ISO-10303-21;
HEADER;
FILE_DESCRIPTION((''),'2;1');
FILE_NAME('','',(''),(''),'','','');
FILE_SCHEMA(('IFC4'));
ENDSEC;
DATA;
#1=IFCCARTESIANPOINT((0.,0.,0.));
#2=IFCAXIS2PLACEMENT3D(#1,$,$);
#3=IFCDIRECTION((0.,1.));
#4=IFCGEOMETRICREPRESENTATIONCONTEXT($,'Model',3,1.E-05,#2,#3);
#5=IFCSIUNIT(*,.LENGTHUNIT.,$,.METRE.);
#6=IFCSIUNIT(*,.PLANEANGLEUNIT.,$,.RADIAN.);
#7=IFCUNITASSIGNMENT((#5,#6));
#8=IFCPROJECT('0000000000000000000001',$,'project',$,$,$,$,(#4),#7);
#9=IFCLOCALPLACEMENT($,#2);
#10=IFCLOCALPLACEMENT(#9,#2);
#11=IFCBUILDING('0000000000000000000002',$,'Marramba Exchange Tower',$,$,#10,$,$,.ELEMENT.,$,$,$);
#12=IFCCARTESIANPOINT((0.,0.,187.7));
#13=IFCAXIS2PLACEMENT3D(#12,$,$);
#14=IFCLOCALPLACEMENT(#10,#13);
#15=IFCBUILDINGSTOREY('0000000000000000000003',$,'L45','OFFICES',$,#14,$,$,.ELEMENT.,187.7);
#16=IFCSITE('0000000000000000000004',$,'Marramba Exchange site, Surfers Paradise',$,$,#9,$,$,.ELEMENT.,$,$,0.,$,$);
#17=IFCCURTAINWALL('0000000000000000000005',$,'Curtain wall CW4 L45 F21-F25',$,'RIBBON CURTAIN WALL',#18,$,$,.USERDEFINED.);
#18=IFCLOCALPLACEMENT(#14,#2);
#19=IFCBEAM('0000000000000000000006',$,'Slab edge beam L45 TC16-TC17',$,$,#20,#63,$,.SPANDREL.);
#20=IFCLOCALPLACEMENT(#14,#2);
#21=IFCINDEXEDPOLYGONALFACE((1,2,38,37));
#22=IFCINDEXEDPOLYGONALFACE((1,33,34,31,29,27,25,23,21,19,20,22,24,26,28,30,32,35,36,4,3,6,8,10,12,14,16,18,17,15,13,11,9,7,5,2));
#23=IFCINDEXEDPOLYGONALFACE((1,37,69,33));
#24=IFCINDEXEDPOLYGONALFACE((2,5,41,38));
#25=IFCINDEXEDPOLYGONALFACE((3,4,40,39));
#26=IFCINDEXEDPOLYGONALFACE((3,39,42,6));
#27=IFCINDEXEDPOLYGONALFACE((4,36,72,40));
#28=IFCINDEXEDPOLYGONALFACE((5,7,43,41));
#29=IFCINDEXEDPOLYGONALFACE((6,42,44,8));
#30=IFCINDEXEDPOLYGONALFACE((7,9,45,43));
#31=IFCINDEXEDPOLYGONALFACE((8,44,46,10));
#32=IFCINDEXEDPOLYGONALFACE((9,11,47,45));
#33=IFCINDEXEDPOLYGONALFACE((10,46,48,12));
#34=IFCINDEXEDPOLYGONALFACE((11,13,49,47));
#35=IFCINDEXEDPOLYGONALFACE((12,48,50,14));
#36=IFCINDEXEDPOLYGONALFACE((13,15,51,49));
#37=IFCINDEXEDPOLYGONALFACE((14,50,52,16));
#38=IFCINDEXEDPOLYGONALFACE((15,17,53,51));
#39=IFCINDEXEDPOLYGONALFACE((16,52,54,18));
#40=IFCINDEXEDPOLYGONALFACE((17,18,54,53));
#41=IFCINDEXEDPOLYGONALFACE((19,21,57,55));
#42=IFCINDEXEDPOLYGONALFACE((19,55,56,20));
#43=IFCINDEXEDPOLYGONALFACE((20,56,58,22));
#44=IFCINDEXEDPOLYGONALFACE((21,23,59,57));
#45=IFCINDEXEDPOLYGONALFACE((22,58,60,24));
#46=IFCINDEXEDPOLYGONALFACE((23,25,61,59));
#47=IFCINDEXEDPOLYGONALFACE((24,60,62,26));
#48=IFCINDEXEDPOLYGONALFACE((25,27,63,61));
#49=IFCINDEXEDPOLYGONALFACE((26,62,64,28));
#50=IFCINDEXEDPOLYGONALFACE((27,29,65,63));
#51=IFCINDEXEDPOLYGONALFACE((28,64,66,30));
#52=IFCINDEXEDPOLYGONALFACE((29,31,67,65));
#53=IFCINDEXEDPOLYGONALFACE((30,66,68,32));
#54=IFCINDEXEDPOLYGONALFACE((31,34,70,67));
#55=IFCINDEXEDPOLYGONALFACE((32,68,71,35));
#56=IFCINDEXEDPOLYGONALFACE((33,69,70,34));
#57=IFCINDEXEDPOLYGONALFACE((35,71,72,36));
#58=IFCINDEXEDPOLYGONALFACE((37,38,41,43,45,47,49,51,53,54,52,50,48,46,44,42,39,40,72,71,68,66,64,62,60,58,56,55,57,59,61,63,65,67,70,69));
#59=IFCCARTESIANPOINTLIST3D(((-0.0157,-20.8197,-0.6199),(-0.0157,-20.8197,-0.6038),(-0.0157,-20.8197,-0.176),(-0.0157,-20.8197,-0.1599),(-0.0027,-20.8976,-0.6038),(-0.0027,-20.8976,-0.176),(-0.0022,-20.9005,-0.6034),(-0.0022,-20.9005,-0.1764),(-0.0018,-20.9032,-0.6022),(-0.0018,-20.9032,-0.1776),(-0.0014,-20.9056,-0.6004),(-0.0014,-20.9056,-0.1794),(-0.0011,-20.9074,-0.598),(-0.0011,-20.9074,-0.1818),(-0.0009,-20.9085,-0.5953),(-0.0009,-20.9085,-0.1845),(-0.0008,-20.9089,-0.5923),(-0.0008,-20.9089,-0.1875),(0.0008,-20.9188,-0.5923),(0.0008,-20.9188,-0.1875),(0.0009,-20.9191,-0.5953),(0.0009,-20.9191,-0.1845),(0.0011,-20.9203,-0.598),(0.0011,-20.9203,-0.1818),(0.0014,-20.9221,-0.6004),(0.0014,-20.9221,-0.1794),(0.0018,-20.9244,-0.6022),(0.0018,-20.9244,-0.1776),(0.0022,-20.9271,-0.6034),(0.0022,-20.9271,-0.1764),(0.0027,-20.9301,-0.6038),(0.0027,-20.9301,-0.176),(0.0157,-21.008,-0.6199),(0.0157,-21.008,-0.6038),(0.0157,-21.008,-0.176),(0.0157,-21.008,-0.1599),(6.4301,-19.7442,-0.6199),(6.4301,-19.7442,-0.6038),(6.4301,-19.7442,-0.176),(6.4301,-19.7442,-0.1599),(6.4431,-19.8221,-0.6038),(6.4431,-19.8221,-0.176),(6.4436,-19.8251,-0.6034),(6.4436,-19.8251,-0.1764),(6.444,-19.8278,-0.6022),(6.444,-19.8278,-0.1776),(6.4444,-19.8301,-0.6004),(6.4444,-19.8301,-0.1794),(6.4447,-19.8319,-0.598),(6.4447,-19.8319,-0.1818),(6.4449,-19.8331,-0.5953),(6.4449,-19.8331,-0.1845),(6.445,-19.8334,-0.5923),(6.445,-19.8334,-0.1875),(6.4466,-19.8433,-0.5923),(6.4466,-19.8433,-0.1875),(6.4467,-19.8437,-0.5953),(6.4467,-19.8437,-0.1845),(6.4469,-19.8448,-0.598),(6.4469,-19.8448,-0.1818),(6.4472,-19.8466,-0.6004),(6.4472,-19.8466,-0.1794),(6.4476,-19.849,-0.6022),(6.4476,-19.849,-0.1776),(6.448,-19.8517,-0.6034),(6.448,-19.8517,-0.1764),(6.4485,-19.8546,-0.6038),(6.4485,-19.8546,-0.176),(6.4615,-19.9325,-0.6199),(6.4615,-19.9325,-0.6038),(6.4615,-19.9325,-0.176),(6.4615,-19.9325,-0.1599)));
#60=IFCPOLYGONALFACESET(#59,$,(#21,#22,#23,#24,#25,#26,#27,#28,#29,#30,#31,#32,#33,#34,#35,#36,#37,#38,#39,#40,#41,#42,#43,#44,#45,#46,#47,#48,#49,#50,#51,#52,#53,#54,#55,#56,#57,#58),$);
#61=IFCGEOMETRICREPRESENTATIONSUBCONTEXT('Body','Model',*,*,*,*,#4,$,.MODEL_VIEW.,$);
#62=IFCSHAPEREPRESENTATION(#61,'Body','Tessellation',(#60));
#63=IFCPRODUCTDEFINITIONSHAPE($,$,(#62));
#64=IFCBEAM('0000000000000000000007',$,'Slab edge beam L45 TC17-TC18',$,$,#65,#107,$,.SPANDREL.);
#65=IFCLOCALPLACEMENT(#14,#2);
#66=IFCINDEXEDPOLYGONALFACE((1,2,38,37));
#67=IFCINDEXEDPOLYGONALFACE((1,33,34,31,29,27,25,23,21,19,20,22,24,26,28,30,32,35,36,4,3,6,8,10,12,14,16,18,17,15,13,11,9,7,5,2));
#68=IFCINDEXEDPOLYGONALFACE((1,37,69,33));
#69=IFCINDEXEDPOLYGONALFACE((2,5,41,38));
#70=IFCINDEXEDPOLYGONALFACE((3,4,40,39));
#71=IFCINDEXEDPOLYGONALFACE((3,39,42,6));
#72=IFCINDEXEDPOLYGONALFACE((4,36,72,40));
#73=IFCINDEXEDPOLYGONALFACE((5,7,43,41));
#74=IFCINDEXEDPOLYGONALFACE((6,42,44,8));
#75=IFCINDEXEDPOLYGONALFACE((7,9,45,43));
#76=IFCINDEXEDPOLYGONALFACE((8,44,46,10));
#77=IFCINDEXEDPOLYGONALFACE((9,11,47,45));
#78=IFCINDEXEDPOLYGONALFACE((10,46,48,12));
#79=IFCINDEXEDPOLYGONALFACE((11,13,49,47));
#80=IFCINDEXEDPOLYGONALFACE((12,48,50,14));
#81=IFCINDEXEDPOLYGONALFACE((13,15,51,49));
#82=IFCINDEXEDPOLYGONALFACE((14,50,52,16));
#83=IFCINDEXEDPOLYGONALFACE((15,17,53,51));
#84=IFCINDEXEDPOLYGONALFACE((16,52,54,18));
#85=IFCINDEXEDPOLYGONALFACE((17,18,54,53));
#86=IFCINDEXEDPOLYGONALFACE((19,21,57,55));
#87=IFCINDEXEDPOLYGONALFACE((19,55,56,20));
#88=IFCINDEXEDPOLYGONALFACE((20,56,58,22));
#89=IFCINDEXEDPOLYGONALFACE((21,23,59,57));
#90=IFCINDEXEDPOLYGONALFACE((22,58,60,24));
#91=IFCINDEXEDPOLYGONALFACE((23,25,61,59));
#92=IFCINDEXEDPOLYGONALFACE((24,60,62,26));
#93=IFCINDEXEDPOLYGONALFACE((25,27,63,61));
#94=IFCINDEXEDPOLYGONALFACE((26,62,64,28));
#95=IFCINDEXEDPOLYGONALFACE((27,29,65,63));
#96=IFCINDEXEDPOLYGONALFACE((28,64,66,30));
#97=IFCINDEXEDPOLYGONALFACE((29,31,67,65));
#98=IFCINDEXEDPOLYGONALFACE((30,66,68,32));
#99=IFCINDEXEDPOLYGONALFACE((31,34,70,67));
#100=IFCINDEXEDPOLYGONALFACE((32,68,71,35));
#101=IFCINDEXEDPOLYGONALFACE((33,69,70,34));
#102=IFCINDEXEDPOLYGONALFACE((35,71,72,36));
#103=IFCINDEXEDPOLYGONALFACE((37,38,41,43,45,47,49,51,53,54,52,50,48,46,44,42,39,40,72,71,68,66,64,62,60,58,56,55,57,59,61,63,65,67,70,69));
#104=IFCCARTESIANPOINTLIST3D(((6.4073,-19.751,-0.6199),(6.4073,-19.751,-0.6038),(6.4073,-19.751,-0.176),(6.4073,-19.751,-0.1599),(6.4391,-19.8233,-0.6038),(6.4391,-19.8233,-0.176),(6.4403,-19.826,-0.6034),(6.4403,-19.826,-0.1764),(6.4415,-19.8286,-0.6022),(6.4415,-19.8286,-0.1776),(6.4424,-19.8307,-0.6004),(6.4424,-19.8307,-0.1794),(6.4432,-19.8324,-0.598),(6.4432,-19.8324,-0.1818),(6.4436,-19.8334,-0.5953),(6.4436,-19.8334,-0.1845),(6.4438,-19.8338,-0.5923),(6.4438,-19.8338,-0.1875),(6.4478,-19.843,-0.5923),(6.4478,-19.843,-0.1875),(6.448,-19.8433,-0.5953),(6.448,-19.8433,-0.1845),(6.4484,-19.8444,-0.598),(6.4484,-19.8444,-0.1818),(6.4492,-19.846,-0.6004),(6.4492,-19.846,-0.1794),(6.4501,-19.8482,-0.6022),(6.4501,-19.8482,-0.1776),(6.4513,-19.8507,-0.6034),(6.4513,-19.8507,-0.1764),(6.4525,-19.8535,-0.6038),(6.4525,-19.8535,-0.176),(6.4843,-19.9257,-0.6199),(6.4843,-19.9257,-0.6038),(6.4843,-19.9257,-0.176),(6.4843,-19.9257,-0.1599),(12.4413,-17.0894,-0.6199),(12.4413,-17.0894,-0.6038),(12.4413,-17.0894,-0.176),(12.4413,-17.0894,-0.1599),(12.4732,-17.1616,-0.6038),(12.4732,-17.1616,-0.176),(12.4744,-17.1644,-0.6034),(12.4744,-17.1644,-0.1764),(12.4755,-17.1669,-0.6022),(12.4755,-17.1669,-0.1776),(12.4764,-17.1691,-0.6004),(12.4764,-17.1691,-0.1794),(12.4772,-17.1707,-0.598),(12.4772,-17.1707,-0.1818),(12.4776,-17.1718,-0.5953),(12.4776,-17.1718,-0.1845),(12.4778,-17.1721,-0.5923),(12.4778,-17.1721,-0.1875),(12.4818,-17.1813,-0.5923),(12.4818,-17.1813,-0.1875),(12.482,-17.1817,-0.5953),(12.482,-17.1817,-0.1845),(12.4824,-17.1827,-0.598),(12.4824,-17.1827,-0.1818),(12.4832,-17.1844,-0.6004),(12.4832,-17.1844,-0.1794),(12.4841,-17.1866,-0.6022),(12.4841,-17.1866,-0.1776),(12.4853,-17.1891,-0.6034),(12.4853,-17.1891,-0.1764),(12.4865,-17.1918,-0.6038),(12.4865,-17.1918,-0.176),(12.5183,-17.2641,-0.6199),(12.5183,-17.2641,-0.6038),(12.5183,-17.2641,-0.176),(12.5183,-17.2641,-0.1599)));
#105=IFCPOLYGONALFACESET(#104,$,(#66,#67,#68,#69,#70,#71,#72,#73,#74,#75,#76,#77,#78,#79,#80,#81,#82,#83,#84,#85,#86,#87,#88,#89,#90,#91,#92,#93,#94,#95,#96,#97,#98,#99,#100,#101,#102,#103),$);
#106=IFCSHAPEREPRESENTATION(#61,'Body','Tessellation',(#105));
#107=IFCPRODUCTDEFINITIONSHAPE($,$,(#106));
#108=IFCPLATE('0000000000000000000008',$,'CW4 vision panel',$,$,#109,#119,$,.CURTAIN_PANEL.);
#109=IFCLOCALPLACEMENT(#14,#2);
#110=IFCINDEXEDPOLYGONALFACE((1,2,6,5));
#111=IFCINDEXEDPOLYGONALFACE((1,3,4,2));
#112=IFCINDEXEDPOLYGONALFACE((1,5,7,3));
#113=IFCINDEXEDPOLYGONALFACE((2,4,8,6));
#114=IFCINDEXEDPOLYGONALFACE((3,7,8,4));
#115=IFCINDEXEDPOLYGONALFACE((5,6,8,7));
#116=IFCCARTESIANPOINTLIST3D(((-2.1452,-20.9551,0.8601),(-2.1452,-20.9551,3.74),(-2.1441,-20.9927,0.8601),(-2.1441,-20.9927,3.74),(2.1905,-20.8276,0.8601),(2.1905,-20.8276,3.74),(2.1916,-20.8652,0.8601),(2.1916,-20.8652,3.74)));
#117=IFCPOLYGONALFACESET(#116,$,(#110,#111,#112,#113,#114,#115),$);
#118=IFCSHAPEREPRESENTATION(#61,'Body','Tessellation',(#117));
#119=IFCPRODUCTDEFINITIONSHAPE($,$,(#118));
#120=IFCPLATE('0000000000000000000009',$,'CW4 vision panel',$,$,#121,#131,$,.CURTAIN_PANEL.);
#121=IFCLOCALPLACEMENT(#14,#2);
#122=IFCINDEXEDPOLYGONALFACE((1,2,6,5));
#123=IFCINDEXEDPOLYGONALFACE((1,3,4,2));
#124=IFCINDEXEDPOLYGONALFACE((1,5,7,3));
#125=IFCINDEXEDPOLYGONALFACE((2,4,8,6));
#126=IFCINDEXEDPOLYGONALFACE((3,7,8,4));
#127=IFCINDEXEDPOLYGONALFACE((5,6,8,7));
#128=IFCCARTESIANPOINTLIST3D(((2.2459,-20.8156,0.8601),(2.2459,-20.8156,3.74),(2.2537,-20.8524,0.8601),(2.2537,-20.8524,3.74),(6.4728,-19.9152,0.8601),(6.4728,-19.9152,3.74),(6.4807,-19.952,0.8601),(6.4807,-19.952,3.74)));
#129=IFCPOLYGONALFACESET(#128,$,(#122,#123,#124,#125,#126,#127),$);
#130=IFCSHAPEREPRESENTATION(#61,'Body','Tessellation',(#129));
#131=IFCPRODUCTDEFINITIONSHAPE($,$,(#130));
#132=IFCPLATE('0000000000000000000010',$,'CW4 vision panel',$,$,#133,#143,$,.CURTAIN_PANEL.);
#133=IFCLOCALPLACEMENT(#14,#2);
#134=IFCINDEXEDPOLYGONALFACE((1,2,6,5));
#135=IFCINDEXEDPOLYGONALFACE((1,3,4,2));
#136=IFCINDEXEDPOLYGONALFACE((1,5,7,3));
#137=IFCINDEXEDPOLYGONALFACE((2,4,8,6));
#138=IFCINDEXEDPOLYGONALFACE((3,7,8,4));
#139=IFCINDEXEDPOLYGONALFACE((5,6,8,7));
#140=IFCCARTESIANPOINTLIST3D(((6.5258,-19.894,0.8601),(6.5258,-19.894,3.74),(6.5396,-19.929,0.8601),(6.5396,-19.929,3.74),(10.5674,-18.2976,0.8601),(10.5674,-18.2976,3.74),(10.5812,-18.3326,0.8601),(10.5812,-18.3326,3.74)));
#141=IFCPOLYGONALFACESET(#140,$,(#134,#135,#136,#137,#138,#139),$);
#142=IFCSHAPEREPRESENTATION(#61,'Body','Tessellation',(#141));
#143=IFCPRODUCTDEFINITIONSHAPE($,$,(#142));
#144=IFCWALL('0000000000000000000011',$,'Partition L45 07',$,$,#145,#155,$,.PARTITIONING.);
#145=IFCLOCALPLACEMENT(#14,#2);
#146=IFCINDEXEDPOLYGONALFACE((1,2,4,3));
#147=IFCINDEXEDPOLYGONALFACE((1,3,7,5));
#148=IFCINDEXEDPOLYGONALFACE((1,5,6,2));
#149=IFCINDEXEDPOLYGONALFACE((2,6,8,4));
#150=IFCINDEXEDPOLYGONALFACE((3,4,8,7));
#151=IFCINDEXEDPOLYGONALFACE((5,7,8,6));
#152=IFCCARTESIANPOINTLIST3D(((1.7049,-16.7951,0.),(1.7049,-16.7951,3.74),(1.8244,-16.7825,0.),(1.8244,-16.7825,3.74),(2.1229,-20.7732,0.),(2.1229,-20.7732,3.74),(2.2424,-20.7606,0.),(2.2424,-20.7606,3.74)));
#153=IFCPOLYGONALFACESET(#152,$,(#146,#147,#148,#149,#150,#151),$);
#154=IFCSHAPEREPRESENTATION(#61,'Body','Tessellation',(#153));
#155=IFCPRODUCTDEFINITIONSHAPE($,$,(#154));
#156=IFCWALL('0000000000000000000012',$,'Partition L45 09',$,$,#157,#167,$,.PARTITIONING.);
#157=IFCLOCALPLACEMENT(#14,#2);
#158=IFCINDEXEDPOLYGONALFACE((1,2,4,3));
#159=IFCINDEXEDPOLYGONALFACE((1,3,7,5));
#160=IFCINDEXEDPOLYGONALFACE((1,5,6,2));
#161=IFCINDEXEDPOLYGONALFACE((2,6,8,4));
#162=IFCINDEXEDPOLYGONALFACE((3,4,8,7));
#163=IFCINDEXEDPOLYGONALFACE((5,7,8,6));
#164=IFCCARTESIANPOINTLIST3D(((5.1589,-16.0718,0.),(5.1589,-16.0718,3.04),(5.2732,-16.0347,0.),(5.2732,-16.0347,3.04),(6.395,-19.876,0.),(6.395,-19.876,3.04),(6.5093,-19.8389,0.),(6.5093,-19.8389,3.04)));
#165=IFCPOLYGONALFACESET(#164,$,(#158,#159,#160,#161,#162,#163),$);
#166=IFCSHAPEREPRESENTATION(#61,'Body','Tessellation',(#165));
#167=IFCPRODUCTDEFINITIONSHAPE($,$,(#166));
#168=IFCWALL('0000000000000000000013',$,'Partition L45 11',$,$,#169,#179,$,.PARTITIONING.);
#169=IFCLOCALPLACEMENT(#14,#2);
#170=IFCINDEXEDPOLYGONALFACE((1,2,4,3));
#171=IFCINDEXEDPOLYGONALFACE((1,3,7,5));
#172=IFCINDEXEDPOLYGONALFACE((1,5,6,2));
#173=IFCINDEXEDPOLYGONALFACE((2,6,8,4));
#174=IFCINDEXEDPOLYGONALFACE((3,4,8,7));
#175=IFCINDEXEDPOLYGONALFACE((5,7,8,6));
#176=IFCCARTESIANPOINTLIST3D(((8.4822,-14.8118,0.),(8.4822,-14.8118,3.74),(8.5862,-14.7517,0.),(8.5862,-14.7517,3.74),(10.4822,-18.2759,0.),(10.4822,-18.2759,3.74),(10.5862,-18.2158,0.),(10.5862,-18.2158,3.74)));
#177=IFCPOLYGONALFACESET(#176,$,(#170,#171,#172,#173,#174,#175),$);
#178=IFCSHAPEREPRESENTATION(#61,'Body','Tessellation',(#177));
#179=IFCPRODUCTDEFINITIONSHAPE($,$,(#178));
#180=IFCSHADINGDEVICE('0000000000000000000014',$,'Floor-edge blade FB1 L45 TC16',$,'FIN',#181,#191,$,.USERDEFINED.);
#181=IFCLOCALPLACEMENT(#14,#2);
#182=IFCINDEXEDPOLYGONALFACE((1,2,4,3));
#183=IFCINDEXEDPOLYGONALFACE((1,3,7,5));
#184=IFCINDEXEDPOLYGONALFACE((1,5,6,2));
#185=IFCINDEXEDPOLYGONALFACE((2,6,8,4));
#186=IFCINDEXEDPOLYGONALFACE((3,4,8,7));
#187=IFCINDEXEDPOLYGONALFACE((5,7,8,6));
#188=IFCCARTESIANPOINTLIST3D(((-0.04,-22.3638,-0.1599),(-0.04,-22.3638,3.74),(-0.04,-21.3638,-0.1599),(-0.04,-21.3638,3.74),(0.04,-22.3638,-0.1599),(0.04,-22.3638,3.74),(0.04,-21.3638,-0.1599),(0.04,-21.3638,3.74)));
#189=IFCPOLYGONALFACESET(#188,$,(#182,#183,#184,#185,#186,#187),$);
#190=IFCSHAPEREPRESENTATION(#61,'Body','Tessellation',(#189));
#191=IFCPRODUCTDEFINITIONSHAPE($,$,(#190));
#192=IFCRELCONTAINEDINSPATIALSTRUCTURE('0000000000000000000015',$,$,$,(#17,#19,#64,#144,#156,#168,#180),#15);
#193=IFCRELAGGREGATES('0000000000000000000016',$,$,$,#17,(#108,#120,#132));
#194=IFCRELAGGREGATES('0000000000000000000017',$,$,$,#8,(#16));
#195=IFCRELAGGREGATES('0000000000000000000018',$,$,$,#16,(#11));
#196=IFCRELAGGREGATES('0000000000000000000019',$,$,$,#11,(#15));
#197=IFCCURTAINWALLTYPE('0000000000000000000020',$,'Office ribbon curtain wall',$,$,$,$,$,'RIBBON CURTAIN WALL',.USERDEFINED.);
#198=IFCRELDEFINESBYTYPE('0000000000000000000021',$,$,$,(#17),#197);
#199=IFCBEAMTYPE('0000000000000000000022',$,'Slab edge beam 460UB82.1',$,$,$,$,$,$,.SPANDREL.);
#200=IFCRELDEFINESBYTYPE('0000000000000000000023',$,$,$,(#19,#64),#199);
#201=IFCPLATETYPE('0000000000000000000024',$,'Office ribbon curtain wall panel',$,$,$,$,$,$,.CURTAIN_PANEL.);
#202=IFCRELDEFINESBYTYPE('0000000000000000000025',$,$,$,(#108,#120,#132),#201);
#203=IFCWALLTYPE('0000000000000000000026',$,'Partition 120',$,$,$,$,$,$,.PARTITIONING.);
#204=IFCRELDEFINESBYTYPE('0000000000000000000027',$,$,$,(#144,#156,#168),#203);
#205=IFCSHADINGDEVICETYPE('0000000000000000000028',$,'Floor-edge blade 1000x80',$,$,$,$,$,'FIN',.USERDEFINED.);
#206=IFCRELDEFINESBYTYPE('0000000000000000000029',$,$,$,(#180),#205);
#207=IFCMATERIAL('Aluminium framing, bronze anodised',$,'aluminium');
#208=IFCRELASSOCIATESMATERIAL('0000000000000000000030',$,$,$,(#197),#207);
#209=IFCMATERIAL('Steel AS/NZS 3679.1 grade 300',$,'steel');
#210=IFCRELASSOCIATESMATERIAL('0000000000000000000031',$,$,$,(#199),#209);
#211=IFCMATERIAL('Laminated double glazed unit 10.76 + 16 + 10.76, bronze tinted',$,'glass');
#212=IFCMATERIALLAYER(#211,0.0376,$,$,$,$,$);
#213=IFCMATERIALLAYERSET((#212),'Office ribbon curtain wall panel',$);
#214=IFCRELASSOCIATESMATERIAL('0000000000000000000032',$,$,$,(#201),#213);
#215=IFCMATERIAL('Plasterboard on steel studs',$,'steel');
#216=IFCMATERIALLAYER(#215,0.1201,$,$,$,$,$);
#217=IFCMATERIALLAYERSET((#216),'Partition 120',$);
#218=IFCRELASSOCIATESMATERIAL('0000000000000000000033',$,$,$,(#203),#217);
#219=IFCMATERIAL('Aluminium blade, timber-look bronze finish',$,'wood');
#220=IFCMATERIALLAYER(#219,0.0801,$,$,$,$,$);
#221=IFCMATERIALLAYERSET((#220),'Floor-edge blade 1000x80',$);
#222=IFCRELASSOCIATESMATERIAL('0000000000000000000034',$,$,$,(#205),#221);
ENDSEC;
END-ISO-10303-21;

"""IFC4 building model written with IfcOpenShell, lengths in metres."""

from ifc_helpers import new_model, si_unit, direction, frame, frame_2d, origin, origin_2d, place, context, subcontext, project, spatial, rectangle, i_section, extrude, material, layer, layer_set, material_profile, profile_set, type_object, element, aggregate, save


model = new_model("IFC4")

# Units and contexts
model_context = context("Model", 3, precision=1e-05, world=origin(), true_north=direction((0.0, 1.0)))
body_context = subcontext(model_context, "Body", "Model", "MODEL_VIEW")
ifc_project = project(units=[si_unit("LENGTHUNIT", "METRE"), si_unit("PLANEANGLEUNIT", "RADIAN")], contexts=[model_context])

# Site, building, storey
site_placement = place(None, origin())
site = spatial("IfcSite", under=ifc_project, at=site_placement, Name="Marramba Exchange site, Surfers Paradise", CompositionType="ELEMENT", RefElevation=0.0)
building_placement = place(site_placement, origin())
building = spatial("IfcBuilding", under=site, at=building_placement, Name="Marramba Exchange Tower", CompositionType="ELEMENT")
storey_placement = place(building_placement, frame((0.0, 0.0, 187.7)))
storey = spatial("IfcBuildingStorey", under=building, at=storey_placement, Name="L45", Description="OFFICES", CompositionType="ELEMENT", Elevation=187.7)

# Shared definitions
ifc_material_1 = material(Name="Steel AS/NZS 3679.1 grade 300", Category="steel")

# Curtain wall
ifc_material_2 = material(Name="Aluminium framing, bronze anodised", Category="aluminium")
curtain_wall_type = type_object("IfcCurtainWallType", Name="Office ribbon curtain wall", ElementType="RIBBON CURTAIN WALL", PredefinedType="USERDEFINED", material=ifc_material_2)
curtain_wall_1_placement = place(storey_placement, origin())
curtain_wall_1 = element("IfcCurtainWall", 1, at=curtain_wall_1_placement, inside=storey, type_object=curtain_wall_type, Name="Curtain wall CW4 L45 F21-F25", ObjectType="RIBBON CURTAIN WALL", PredefinedType="USERDEFINED")

# Beams
ifc_material_profile_1 = material_profile(ifc_material_1, i_section(OverallWidth=0.1909, OverallDepth=0.46, WebThickness=0.01, FlangeThickness=0.0161, FilletRadius=0.0115, at=origin_2d()), Name="460UB82.1")
ifc_profile_set_1 = profile_set([ifc_material_profile_1], Name="Steel AS/NZS 3679.1 grade 300")
beam_type_1 = type_object("IfcBeamType", Name="Slab edge beam 460UB82.1", PredefinedType="SPANDREL", material=ifc_profile_set_1)
beam_1_placement = place(storey_placement, frame((0.0, -20.9138, -0.3899), z_axis=(0.986366, 0.164569, 0.0), x_axis=(-0.164569, 0.986366, 0.0)))
element("IfcBeam", 2, at=beam_1_placement, inside=storey, type_object=beam_type_1, Name="Slab edge beam L45 TC16-TC17", PredefinedType="SPANDREL", context=body_context, shape_type="SweptSolid", body=[
    extrude(i_section(OverallWidth=0.1909, OverallDepth=0.46, WebThickness=0.01, FlangeThickness=0.0161, FilletRadius=0.0115, at=origin_2d()), origin(), (0.0, 0.0, 1.0), 6.5349),
])
beam_2_placement = place(storey_placement, frame((6.4458, -19.8384, -0.3899), z_axis=(0.914941, 0.403588, 0.0), x_axis=(-0.403588, 0.914941, 0.0)))
element("IfcBeam", 3, at=beam_2_placement, inside=storey, type_object=beam_type_1, Name="Slab edge beam L45 TC17-TC18", PredefinedType="SPANDREL", context=body_context, shape_type="SweptSolid", body=[
    extrude(i_section(OverallWidth=0.1909, OverallDepth=0.46, WebThickness=0.01, FlangeThickness=0.0161, FilletRadius=0.0115, at=origin_2d()), origin(), (0.0, 0.0, 1.0), 6.595),
])

# Plates
ifc_material_3 = material(Name="Laminated double glazed unit 10.76 + 16 + 10.76, bronze tinted", Category="glass")
ifc_layer_1 = layer(ifc_material_3, 0.0376)
ifc_layer_set_1 = layer_set([ifc_layer_1], Name="Office ribbon curtain wall panel")
plate_type = type_object("IfcPlateType", Name="Office ribbon curtain wall panel", PredefinedType="CURTAIN_PANEL", material=ifc_layer_set_1)
plate_1_placement = place(storey_placement, frame((0.0232, -20.9102, 0.8601), z_axis=(0.0, 0.0, 1.0), x_axis=(0.999568, 0.029393, 0.0)))
plate_1 = element("IfcPlate", 4, at=plate_1_placement, type_object=plate_type, Name="CW4 vision panel", PredefinedType="CURTAIN_PANEL", context=body_context, shape_type="SweptSolid", body=[
    extrude(rectangle(XDim=4.3376, YDim=0.0376, at=origin_2d()), origin(), (0.0, 0.0, 1.0), 2.8799),
])
plate_2_placement = place(storey_placement, frame((4.3633, -20.3838, 0.8601), z_axis=(0.0, 0.0, 1.0), x_axis=(0.978058, 0.208332, 0.0)))
plate_2 = element("IfcPlate", 5, at=plate_2_placement, type_object=plate_type, Name="CW4 vision panel", PredefinedType="CURTAIN_PANEL", context=body_context, shape_type="SweptSolid", body=[
    extrude(rectangle(XDim=4.3218, YDim=0.0376, at=origin_2d()), origin(), (0.0, 0.0, 1.0), 2.8799),
])
plate_3_placement = place(storey_placement, frame((8.5535, -19.1133, 0.8601), z_axis=(0.0, 0.0, 1.0), x_axis=(0.930073, 0.367375, 0.0)))
plate_3 = element("IfcPlate", 6, at=plate_3_placement, type_object=plate_type, Name="CW4 vision panel", PredefinedType="CURTAIN_PANEL", context=body_context, shape_type="SweptSolid", body=[
    extrude(rectangle(XDim=4.3455, YDim=0.0376, at=origin_2d()), origin(), (0.0, 0.0, 1.0), 2.8799),
])
aggregate(curtain_wall_1, [plate_1, plate_2, plate_3])

# Wall
ifc_material_4 = material(Name="Plasterboard on steel studs", Category="steel")
ifc_layer_2 = layer(ifc_material_4, 0.1201)
ifc_layer_set_2 = layer_set([ifc_layer_2], Name="Partition 120")
wall_type = type_object("IfcWallType", Name="Partition 120", PredefinedType="PARTITIONING", material=ifc_layer_set_2)
wall_1_placement = place(storey_placement, frame((1.7646, -16.7888, 0.0), z_axis=(0.0, 0.0, 1.0), x_axis=(0.104494, -0.994526, 0.0)))
element("IfcWall", 7, at=wall_1_placement, inside=storey, type_object=wall_type, Name="Partition L45 07", PredefinedType="PARTITIONING", context=body_context, shape_type="SweptSolid", body=[
    extrude(rectangle(XDim=4.0, YDim=0.1201, at=frame_2d((2.0, 0.0))), origin(), (0.0, 0.0, 1.0), 3.74),
])

# Walls
wall_2_placement = place(storey_placement, frame((5.2161, -16.0532, 0.0), z_axis=(0.0, 0.0, 1.0), x_axis=(0.309023, -0.951055, 0.0)))
element("IfcWall", 8, at=wall_2_placement, inside=storey, type_object=wall_type, Name="Partition L45 09", PredefinedType="PARTITIONING", context=body_context, shape_type="SweptSolid", body=[
    extrude(rectangle(XDim=4.0, YDim=0.1201, at=frame_2d((2.0, 0.0))), origin(), (0.0, 0.0, 1.0), 3.04),
])
wall_3_placement = place(storey_placement, frame((10.5342, -18.2458, 0.0), z_axis=(0.0, 0.0, 1.0), x_axis=(-0.499999, 0.866026, 0.0)))
element("IfcWall", 9, at=wall_3_placement, inside=storey, type_object=wall_type, Name="Partition L45 11", PredefinedType="PARTITIONING", context=body_context, shape_type="SweptSolid", body=[
    extrude(rectangle(XDim=4.0, YDim=0.1201, at=frame_2d((2.0, 0.0))), origin(), (0.0, 0.0, 1.0), 3.74),
])

# Shading device
ifc_material_5 = material(Name="Aluminium blade, timber-look bronze finish", Category="wood")
ifc_layer_3 = layer(ifc_material_5, 0.0801)
ifc_layer_set_3 = layer_set([ifc_layer_3], Name="Floor-edge blade 1000x80")
shading_device_type_1 = type_object("IfcShadingDeviceType", Name="Floor-edge blade 1000x80", ElementType="FIN", PredefinedType="USERDEFINED", material=ifc_layer_set_3)
for number, where, z_axis, x_axis, name in (
    (10, (0.0, -21.8638, -0.1599), (0.0, 0.0, 1.0), (0.0, -1.0, 0.0), "Floor-edge blade FB1 L45 TC16"),
):
    element("IfcShadingDevice", number, at=place(storey_placement, frame(where, z_axis=z_axis, x_axis=x_axis)), inside=storey, type_object=shading_device_type_1, Name=name, ObjectType="FIN", PredefinedType="USERDEFINED", context=body_context, shape_type="SweptSolid", body=[
        extrude(rectangle(XDim=1.0, YDim=0.0801, at=origin_2d()), origin(), (0.0, 0.0, 1.0), 3.8999),
    ])

save(model, "model.ifc")
